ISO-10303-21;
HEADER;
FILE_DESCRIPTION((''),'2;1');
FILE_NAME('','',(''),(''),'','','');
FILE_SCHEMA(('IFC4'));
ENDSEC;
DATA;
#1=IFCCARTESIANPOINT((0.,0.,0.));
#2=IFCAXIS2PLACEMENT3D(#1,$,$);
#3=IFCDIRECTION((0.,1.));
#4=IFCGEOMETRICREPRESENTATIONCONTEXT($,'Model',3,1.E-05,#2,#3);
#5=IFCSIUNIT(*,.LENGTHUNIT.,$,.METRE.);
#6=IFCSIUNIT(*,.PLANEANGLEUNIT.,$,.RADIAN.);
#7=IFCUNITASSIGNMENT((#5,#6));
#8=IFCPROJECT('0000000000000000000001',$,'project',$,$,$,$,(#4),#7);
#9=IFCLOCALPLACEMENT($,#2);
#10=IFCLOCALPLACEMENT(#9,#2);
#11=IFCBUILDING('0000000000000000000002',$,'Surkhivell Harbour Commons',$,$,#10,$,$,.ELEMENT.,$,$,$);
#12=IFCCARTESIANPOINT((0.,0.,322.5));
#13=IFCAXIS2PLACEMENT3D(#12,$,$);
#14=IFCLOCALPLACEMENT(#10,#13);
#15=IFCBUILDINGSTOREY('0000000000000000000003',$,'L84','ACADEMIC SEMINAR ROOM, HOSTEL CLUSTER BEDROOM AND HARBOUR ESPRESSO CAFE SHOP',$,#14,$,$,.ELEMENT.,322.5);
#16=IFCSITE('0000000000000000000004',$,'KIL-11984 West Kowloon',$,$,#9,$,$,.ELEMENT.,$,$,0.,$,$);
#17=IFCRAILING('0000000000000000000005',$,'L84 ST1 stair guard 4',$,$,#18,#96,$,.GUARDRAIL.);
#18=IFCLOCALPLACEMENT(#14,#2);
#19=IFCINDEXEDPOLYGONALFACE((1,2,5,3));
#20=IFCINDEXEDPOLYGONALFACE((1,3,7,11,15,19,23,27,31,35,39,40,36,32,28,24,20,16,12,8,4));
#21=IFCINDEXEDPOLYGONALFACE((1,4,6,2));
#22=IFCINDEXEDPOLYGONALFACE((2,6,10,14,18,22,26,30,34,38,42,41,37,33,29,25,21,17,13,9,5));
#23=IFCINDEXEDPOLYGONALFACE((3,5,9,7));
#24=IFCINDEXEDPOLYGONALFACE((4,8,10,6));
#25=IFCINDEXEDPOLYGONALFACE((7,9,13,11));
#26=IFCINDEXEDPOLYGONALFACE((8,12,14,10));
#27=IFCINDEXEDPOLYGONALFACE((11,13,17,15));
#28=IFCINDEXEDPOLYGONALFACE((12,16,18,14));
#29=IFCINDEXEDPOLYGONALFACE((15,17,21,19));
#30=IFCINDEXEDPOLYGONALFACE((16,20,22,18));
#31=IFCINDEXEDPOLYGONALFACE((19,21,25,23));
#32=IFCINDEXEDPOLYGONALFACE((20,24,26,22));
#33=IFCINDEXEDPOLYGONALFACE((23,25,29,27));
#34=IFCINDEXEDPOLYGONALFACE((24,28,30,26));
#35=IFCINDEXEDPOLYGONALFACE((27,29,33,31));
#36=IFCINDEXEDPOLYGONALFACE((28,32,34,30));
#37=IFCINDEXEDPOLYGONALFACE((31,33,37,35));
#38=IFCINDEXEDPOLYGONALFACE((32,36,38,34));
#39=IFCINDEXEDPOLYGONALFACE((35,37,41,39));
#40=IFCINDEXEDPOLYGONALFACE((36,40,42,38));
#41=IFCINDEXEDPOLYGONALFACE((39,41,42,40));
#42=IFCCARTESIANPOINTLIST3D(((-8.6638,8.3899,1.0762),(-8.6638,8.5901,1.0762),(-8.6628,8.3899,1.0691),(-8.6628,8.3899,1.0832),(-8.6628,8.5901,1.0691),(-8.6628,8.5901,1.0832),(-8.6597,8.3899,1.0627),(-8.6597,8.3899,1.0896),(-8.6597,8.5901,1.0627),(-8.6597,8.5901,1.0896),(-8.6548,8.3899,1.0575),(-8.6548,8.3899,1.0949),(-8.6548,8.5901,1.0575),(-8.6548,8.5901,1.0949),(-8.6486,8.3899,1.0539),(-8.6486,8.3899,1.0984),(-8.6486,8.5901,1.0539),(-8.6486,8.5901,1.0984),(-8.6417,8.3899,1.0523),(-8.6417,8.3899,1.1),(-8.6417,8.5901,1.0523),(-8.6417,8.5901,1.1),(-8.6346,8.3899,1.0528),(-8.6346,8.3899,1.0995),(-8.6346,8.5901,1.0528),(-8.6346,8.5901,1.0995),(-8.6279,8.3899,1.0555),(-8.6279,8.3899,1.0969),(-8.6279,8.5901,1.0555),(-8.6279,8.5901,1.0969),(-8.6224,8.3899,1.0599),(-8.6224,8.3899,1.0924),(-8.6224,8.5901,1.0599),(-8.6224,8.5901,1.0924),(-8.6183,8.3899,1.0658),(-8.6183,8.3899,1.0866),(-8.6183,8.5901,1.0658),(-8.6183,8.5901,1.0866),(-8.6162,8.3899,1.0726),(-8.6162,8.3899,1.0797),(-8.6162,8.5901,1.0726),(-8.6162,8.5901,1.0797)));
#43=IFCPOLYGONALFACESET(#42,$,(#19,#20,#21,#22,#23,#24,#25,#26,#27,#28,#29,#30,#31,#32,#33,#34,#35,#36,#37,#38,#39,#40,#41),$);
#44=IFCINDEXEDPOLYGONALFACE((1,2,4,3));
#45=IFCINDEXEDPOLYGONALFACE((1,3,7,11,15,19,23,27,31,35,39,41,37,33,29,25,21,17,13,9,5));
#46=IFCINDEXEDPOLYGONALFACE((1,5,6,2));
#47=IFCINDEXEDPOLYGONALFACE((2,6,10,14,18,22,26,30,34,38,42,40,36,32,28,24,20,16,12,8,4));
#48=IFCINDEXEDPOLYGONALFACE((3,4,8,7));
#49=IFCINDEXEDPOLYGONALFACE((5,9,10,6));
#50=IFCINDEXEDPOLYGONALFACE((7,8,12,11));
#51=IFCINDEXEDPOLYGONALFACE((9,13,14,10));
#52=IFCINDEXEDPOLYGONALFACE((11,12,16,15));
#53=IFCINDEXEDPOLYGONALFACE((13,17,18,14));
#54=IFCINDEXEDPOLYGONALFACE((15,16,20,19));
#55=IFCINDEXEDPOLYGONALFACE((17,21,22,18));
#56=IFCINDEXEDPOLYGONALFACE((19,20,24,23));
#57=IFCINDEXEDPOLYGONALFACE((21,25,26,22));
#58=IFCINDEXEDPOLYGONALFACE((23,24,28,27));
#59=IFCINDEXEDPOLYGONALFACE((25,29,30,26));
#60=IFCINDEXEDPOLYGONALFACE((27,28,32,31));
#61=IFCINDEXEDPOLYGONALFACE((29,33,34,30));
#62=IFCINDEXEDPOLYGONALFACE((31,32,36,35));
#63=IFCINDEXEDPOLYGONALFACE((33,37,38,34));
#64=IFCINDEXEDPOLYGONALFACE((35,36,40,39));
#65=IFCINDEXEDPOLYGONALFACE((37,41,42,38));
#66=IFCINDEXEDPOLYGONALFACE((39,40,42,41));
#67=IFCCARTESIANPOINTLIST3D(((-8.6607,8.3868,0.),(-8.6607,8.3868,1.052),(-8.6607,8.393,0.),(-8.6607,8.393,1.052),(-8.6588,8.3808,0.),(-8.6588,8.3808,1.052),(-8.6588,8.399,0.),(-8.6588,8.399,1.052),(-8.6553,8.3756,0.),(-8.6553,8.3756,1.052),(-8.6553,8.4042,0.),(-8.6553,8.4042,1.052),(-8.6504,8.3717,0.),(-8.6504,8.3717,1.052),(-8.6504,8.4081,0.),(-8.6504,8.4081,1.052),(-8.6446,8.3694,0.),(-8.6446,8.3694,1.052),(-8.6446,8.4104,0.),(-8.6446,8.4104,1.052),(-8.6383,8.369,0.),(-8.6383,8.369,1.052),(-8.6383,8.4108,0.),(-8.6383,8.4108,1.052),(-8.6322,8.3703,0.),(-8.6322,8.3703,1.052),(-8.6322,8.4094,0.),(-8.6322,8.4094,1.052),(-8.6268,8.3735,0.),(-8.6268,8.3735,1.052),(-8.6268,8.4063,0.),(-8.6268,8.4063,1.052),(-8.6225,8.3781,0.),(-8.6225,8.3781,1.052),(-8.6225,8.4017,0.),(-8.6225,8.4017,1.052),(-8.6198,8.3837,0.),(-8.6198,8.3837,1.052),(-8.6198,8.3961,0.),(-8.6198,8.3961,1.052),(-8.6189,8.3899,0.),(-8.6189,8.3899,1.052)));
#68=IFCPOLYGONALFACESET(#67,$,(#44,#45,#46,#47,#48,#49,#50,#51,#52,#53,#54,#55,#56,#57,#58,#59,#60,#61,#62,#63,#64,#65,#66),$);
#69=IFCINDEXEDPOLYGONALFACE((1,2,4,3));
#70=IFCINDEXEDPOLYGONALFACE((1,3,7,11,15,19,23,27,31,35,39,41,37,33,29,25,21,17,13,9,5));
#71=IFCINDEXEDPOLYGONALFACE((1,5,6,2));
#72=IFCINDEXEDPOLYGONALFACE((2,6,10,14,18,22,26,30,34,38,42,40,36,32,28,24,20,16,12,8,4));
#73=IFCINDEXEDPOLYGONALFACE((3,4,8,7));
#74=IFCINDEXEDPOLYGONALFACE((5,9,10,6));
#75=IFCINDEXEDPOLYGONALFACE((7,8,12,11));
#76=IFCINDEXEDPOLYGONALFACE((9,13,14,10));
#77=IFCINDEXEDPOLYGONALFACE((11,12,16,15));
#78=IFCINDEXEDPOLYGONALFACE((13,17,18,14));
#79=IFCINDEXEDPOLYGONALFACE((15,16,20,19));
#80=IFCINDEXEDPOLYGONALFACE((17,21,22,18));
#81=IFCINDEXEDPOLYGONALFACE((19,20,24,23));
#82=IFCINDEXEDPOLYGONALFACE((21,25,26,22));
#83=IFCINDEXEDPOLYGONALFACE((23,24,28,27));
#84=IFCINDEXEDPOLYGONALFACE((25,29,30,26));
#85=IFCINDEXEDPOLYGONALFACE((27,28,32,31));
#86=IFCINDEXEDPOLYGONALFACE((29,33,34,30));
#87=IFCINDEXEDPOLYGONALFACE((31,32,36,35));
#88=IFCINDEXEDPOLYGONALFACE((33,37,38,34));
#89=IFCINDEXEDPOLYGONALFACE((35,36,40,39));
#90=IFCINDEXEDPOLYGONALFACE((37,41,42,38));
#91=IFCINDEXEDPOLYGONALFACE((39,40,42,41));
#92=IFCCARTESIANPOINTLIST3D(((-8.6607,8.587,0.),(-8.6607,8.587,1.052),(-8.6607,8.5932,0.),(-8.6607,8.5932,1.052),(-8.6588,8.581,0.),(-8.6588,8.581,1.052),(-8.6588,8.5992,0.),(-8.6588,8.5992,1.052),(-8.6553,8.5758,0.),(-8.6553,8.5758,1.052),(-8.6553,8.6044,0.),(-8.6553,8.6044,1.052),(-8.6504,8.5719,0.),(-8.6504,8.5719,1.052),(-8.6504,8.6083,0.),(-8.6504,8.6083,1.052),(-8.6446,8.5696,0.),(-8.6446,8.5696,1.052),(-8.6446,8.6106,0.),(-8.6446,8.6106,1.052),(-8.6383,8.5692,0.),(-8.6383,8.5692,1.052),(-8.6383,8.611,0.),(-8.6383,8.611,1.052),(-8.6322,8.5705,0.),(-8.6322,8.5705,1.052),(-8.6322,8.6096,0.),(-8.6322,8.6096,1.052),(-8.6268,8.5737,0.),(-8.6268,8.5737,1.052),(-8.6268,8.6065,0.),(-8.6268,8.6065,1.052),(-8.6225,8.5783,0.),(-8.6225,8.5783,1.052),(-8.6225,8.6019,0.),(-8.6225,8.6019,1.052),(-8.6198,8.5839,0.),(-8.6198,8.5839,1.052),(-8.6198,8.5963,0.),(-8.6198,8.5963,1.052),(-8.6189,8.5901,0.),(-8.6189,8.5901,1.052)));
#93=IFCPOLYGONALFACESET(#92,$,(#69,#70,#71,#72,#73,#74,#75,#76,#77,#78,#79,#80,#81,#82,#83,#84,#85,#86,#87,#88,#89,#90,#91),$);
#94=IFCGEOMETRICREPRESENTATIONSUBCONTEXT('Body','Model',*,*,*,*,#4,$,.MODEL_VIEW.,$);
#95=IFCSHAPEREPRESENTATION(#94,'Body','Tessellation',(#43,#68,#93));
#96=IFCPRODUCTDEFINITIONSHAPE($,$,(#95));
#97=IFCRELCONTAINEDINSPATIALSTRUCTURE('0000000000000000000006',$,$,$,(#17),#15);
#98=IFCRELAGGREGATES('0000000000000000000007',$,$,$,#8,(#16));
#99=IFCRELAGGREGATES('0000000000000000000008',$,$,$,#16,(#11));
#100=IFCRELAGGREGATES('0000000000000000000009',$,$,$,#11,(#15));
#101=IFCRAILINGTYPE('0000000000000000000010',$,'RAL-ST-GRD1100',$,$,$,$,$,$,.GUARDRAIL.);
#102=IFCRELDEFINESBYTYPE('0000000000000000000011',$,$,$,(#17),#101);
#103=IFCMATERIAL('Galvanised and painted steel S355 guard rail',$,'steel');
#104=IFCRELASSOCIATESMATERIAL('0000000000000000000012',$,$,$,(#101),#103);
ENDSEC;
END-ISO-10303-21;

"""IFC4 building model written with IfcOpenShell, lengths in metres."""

from ifc_helpers import new_model, si_unit, direction, frame, origin, origin_2d, place, context, subcontext, project, spatial, circle, extrude, material, type_object, element, save


model = new_model("IFC4")

# Units and contexts
model_context = context("Model", 3, precision=1e-05, world=origin(), true_north=direction((0.0, 1.0)))
body_context = subcontext(model_context, "Body", "Model", "MODEL_VIEW")
ifc_project = project(units=[si_unit("LENGTHUNIT", "METRE"), si_unit("PLANEANGLEUNIT", "RADIAN")], contexts=[model_context])

# Site, building, storey
site_placement = place(None, origin())
site = spatial("IfcSite", under=ifc_project, at=site_placement, Name="KIL-11984 West Kowloon", CompositionType="ELEMENT", RefElevation=0.0)
building_placement = place(site_placement, origin())
building = spatial("IfcBuilding", under=site, at=building_placement, Name="Surkhivell Harbour Commons", CompositionType="ELEMENT")
storey_placement = place(building_placement, frame((0.0, 0.0, 322.5)))
storey = spatial("IfcBuildingStorey", under=building, at=storey_placement, Name="L84", Description="ACADEMIC SEMINAR ROOM, HOSTEL CLUSTER BEDROOM AND HARBOUR ESPRESSO CAFE SHOP", CompositionType="ELEMENT", Elevation=322.5)

# Railing
ifc_material_1 = material(Name="Galvanised and painted steel S355 guard rail", Category="steel")
railing_type_1 = type_object("IfcRailingType", Name="RAL-ST-GRD1100", PredefinedType="GUARDRAIL", material=ifc_material_1)
railing_1_placement = place(storey_placement, frame((-8.6399, 8.3899, 0.0)))
element("IfcRailing", 1, at=railing_1_placement, inside=storey, type_object=railing_type_1, Name="L84 ST1 stair guard 4", PredefinedType="GUARDRAIL", context=body_context, shape_type="SweptSolid", body=[
    extrude(circle(Radius=0.0239, at=origin_2d()), frame((0.0, 0.0, 1.0762), z_axis=(0.0, 1.0, 0.0), x_axis=(-1.0, 0.0, 0.0)), (0.0, 0.0, 1.0), 0.2002),
    extrude(circle(Radius=0.021, at=origin_2d()), origin(), (0.0, 0.0, 1.0), 1.052),
    extrude(circle(Radius=0.021, at=origin_2d()), frame((0.0, 0.2002, 0.0)), (0.0, 0.0, 1.0), 1.052),
])

save(model, "model.ifc")
